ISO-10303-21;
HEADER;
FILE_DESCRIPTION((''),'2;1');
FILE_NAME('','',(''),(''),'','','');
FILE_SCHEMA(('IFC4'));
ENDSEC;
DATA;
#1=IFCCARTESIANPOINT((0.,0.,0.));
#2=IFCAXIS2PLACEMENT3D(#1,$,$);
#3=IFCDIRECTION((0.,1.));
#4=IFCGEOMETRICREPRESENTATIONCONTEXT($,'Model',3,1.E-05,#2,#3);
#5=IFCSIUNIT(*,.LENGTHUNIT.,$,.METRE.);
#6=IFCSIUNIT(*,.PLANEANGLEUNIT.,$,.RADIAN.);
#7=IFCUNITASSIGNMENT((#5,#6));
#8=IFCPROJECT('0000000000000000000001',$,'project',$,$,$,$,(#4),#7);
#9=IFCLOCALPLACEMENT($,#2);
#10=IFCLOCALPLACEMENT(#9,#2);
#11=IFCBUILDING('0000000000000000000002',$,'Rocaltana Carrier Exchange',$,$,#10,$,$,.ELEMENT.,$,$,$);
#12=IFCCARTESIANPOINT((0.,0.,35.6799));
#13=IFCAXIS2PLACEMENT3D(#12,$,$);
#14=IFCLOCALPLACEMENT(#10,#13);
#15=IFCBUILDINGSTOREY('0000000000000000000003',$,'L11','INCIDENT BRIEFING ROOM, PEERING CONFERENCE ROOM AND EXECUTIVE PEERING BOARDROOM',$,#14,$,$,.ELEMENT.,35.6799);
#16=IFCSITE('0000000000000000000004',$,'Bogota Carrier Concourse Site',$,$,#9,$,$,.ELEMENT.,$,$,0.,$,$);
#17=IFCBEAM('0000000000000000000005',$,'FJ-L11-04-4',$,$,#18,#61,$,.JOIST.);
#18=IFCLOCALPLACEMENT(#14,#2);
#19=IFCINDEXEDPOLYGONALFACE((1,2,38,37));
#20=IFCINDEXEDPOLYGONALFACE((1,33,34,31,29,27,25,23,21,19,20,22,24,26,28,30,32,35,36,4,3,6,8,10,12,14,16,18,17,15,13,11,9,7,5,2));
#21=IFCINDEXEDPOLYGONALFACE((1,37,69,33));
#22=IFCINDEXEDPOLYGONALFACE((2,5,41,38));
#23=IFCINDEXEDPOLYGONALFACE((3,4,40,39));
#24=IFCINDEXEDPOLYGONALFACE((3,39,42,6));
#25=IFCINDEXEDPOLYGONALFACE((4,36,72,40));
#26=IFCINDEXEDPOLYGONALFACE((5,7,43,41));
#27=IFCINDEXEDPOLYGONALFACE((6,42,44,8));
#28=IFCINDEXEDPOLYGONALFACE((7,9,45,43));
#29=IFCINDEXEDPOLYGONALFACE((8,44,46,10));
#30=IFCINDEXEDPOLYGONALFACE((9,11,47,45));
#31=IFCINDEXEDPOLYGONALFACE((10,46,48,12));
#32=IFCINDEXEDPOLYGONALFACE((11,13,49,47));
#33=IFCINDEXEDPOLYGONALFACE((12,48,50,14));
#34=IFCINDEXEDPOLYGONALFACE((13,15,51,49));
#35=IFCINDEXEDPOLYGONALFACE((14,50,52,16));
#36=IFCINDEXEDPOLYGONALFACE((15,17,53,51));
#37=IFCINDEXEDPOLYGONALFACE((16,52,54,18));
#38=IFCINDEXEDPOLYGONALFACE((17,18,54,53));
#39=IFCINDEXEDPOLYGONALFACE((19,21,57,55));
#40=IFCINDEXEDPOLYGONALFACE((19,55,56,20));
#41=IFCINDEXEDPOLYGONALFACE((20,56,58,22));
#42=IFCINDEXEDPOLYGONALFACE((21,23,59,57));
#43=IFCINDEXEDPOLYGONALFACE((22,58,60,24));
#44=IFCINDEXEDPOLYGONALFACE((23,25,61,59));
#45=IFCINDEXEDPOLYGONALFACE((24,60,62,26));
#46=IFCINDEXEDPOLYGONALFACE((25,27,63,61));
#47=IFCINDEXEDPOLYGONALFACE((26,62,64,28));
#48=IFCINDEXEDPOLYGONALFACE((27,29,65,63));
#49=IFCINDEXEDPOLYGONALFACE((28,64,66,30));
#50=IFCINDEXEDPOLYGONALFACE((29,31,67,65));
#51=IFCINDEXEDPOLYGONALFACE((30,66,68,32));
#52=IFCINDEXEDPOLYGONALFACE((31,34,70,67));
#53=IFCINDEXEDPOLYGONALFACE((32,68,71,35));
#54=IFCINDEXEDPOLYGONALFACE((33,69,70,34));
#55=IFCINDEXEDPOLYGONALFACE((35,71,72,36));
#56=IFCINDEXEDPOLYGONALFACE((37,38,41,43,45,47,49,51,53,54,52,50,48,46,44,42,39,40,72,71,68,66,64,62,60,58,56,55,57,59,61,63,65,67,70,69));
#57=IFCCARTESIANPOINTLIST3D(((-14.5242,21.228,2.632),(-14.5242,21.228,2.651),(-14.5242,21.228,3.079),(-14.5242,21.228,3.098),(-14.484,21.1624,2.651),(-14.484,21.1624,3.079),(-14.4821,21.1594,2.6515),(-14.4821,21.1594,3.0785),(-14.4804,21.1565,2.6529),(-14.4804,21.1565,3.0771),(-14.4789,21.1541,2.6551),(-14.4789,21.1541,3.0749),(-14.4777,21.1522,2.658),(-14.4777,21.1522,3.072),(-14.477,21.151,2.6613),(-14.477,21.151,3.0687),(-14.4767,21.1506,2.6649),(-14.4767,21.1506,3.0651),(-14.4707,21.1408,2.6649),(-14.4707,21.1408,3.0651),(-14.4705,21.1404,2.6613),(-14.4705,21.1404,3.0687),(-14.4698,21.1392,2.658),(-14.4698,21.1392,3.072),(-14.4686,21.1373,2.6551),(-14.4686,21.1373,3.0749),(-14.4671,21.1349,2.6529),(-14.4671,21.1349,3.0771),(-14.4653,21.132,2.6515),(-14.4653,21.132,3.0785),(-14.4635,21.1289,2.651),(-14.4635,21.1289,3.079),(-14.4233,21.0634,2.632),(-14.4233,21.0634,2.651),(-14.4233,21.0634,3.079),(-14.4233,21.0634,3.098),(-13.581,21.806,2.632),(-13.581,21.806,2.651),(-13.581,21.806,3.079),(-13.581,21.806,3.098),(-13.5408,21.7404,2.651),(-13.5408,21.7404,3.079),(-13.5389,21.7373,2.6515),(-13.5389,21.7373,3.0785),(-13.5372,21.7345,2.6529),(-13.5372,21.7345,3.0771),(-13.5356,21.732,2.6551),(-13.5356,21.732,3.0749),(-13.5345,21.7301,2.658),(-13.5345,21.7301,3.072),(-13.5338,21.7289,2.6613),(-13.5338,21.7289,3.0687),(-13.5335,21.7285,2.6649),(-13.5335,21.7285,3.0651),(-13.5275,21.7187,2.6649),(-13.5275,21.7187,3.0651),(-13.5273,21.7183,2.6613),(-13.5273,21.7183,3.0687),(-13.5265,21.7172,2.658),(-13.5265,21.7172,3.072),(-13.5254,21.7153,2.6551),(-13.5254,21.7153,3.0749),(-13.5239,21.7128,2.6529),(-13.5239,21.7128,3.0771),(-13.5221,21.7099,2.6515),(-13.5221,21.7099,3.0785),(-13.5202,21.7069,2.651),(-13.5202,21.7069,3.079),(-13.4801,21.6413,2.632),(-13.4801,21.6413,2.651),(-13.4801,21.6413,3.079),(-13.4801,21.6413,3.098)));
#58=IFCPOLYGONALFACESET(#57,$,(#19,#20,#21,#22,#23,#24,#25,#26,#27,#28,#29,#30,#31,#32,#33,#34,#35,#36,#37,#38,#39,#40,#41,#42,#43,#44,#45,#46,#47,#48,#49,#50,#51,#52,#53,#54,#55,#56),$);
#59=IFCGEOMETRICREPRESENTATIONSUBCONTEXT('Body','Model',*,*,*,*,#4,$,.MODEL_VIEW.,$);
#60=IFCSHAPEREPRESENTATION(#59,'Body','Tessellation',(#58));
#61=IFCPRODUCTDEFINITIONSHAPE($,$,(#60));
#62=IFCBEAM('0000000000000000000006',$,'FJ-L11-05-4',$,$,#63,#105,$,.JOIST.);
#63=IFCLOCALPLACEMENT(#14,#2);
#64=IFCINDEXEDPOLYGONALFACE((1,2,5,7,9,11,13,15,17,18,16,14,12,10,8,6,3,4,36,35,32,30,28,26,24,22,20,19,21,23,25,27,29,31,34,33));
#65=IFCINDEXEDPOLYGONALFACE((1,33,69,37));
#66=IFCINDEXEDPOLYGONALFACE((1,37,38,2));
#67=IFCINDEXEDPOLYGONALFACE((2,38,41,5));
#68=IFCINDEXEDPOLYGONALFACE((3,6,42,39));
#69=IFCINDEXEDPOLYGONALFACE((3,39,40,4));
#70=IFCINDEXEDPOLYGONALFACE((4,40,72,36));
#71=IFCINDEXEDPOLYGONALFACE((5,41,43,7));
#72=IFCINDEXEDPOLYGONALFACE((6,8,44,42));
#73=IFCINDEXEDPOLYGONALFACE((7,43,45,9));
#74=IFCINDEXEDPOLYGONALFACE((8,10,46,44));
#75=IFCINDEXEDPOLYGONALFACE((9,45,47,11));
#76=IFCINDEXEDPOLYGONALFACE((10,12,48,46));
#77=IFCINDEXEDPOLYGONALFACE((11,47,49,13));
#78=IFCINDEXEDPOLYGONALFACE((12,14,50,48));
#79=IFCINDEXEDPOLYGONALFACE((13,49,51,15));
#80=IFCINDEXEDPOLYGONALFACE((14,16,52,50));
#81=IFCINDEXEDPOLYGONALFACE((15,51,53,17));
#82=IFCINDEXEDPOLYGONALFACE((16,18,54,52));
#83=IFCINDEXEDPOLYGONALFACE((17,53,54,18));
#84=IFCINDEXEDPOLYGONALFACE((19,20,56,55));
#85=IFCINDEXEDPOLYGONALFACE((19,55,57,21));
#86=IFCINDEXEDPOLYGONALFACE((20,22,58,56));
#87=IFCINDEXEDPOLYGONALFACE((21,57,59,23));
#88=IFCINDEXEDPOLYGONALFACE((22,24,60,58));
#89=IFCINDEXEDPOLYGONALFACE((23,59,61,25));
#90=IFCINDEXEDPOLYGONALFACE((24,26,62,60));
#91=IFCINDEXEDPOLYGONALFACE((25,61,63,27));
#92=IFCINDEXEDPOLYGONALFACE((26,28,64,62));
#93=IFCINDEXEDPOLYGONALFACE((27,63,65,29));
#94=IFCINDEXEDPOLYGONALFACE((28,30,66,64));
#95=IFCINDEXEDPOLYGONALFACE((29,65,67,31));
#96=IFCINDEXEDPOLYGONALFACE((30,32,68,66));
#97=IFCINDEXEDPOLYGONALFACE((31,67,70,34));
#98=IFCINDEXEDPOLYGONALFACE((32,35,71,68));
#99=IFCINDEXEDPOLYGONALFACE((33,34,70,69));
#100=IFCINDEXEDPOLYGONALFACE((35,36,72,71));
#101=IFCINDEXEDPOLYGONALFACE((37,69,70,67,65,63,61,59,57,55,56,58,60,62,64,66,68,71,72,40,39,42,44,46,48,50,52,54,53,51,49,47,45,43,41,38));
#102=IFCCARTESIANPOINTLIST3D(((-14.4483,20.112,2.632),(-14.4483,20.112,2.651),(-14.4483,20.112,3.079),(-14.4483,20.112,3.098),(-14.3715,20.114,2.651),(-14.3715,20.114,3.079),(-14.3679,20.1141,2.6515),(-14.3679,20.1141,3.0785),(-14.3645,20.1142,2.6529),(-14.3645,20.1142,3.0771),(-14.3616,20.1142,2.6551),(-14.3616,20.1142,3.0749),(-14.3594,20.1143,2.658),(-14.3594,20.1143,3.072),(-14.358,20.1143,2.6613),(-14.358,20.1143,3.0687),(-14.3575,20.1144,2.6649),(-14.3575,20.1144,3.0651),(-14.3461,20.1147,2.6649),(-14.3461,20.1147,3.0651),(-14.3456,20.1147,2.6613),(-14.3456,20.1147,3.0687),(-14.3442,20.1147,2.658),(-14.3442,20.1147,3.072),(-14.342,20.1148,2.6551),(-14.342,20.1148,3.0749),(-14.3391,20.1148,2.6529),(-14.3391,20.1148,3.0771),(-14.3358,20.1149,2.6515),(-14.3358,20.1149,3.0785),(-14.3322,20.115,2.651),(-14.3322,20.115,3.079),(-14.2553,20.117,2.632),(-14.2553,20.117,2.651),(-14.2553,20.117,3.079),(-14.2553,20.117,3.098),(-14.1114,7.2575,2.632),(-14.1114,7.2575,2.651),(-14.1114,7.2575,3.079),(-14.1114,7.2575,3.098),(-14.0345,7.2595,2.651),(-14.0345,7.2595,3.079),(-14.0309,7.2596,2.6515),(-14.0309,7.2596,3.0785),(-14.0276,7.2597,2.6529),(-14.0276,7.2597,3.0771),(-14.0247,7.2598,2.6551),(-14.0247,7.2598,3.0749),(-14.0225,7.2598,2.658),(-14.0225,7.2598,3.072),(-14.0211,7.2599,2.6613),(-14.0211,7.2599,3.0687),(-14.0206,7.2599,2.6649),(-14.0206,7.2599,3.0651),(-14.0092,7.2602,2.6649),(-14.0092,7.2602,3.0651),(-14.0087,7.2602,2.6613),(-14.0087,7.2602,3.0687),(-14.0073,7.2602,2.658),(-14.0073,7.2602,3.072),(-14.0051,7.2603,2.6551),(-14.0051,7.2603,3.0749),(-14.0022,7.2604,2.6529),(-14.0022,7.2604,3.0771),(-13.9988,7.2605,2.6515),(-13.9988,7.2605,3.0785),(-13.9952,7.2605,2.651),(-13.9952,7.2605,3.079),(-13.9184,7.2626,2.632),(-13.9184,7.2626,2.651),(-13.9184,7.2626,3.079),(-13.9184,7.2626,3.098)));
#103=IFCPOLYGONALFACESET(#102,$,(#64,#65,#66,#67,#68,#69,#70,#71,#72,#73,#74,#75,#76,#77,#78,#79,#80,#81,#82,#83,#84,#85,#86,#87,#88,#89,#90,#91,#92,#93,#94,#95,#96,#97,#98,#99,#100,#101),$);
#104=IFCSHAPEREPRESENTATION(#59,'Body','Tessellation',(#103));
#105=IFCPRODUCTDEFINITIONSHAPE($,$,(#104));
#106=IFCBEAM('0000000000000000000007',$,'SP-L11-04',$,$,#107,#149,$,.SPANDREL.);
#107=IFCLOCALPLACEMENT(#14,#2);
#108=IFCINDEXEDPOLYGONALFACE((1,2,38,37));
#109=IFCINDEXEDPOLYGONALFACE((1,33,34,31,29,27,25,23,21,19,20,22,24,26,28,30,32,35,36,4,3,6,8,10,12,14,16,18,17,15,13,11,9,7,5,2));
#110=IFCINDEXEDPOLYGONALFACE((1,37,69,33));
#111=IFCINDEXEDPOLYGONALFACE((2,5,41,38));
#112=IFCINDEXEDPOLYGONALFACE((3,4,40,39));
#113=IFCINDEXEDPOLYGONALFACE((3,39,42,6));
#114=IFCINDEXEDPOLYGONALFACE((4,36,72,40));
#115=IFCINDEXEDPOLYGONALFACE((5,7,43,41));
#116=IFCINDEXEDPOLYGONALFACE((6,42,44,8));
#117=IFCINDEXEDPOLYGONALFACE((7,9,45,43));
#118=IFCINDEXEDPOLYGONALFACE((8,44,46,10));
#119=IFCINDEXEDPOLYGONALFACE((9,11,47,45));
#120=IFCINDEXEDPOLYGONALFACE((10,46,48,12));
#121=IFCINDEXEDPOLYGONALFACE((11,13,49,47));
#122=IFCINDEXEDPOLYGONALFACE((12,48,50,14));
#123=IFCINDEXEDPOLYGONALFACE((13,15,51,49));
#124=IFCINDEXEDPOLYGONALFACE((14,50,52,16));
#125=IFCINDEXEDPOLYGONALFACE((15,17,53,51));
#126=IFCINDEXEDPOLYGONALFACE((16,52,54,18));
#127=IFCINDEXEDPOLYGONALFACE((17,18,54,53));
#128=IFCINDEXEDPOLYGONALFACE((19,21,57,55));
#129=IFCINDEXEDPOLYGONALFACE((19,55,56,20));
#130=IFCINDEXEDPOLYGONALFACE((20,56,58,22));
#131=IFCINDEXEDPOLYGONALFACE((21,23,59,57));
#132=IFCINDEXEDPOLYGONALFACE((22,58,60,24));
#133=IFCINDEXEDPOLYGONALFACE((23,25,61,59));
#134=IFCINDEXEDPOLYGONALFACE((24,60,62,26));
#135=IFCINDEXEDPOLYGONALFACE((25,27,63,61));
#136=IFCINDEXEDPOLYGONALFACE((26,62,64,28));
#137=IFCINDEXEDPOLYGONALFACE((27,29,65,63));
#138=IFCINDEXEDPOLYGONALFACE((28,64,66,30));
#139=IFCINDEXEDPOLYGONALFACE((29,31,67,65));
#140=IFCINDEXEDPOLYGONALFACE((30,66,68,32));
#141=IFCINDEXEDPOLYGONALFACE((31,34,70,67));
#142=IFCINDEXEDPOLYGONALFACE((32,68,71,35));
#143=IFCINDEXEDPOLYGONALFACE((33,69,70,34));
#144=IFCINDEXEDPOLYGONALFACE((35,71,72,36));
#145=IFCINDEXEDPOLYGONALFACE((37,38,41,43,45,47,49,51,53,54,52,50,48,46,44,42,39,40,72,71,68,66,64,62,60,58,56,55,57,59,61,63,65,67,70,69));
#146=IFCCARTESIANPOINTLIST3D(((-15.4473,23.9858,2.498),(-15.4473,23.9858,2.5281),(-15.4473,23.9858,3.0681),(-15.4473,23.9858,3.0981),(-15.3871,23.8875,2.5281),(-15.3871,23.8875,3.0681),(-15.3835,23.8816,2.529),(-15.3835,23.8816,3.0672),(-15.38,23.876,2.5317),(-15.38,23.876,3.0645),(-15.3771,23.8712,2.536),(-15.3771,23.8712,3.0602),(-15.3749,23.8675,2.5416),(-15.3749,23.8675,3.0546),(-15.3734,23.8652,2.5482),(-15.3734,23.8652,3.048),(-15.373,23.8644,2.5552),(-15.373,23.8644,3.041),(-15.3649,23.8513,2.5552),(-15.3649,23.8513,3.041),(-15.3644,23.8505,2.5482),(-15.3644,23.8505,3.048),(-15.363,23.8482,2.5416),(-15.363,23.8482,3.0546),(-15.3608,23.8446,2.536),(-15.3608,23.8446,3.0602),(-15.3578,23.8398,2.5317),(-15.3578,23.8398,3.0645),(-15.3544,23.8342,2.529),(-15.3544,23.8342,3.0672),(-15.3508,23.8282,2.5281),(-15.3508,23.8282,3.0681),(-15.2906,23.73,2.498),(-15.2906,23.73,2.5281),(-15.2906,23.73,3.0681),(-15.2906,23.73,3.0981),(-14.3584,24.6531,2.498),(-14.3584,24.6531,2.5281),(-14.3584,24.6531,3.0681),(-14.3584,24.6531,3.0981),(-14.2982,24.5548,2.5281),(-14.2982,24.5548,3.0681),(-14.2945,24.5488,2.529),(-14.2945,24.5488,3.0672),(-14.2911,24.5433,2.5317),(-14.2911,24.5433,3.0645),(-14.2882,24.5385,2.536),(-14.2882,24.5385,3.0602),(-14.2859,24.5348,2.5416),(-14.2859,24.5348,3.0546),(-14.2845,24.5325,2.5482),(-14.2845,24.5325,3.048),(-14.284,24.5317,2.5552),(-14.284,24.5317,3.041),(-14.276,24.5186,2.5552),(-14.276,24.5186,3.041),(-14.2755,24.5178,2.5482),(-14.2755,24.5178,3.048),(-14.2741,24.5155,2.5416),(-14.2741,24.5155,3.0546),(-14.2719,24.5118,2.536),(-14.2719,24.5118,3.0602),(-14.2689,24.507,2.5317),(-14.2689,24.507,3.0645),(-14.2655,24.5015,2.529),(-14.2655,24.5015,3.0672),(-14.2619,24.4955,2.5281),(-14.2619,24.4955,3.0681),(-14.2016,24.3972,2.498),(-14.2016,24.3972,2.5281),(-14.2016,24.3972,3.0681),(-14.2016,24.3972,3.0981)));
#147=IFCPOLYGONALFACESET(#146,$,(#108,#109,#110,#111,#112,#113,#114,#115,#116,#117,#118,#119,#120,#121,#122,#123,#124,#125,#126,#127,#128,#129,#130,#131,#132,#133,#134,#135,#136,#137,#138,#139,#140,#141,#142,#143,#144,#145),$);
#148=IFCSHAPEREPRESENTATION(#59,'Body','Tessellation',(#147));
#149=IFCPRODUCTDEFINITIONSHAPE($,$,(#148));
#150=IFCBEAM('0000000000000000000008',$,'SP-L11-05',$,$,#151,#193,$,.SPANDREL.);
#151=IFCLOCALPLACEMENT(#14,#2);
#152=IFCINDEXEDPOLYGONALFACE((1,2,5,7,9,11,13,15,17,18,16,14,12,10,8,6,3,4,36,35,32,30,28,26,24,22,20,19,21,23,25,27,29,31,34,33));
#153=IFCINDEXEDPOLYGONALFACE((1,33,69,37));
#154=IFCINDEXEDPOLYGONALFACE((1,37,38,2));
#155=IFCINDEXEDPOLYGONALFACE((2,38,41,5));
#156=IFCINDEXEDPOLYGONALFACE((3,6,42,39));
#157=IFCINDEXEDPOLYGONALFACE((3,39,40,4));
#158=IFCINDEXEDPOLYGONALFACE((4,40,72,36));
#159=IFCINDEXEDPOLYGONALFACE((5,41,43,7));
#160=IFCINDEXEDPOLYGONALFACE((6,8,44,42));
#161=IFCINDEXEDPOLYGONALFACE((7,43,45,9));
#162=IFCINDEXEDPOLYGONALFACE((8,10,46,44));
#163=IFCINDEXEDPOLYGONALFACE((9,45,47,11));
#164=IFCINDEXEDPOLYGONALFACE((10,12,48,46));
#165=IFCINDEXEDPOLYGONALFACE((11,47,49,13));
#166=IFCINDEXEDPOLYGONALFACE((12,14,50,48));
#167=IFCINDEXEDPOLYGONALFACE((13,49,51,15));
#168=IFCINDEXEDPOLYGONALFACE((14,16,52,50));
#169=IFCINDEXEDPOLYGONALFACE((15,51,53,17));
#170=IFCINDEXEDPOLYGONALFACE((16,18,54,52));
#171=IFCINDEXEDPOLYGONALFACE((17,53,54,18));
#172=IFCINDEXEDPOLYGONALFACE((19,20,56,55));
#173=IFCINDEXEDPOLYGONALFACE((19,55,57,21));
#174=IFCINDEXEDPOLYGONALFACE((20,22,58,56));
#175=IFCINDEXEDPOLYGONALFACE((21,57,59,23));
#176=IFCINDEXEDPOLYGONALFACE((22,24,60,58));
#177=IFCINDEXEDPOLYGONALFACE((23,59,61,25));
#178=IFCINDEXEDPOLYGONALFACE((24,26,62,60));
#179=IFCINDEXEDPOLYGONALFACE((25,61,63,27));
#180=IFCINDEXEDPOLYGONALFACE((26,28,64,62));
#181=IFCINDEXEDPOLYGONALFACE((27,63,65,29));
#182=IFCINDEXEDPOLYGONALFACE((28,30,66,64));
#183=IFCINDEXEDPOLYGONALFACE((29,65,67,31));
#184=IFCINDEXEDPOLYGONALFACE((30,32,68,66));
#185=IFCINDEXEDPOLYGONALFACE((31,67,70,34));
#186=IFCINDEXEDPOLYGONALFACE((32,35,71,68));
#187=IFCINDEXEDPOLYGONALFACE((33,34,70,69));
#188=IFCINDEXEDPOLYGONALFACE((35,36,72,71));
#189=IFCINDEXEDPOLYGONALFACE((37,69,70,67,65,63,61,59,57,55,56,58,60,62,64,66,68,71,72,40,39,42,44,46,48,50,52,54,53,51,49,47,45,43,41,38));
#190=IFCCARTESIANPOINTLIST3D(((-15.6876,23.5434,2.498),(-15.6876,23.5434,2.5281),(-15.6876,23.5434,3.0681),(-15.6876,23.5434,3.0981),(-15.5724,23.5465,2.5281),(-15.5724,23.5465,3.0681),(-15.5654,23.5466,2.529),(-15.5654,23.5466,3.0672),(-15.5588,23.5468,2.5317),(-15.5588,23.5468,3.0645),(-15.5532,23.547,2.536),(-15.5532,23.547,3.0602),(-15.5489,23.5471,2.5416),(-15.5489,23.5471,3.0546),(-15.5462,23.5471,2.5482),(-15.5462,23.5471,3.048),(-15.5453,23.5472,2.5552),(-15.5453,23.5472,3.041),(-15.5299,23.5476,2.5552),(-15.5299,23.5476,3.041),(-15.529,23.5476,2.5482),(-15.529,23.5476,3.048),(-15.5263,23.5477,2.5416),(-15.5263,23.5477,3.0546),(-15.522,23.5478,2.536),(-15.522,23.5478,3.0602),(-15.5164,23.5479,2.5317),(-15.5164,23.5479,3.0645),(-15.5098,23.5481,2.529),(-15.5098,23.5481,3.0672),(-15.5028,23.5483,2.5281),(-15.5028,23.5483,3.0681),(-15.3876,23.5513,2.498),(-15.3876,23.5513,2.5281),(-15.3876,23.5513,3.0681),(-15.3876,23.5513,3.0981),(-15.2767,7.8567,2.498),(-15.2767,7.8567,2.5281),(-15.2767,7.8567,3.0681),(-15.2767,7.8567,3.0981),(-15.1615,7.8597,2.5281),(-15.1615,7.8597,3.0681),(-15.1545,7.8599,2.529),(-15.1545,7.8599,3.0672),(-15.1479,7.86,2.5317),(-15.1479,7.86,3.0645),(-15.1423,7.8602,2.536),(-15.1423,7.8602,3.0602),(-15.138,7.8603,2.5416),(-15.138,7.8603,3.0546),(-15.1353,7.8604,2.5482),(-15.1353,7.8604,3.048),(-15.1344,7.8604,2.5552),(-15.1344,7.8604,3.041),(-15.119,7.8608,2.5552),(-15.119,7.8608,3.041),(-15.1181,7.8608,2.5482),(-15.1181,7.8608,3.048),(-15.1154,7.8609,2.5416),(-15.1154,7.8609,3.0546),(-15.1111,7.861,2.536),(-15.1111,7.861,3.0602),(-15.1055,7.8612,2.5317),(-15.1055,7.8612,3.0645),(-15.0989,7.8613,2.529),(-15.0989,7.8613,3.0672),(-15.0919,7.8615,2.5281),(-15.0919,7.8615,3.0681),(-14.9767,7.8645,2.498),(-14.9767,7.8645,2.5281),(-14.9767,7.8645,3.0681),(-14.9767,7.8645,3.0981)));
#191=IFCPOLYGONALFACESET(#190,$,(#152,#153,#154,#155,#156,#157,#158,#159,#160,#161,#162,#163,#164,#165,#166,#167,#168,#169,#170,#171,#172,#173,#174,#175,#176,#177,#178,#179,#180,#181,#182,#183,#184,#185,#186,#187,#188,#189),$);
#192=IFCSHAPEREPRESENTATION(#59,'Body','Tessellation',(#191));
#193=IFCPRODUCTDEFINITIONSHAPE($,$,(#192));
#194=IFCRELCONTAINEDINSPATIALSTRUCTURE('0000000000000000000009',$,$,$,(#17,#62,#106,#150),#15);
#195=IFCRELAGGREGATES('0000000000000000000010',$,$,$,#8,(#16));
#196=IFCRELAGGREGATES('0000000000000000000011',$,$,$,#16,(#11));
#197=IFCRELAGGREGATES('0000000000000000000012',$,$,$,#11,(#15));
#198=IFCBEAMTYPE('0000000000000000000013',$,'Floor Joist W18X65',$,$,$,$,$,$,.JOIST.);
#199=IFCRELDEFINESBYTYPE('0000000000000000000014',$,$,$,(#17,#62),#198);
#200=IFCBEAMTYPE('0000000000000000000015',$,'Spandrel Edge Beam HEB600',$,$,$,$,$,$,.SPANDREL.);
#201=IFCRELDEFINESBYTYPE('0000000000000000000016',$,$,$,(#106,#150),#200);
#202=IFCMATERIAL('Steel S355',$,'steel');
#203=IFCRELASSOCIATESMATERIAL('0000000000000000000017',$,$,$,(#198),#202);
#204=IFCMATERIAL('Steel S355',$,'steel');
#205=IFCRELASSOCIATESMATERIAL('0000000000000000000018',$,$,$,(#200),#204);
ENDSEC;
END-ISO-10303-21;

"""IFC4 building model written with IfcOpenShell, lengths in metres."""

from ifc_helpers import new_model, si_unit, direction, frame, origin, origin_2d, place, context, subcontext, project, spatial, i_section, extrude, material, material_profile, profile_set, type_object, element, save


model = new_model("IFC4")

# Units and contexts
model_context = context("Model", 3, precision=1e-05, world=origin(), true_north=direction((0.0, 1.0)))
body_context = subcontext(model_context, "Body", "Model", "MODEL_VIEW")
ifc_project = project(units=[si_unit("LENGTHUNIT", "METRE"), si_unit("PLANEANGLEUNIT", "RADIAN")], contexts=[model_context])

# Site, building, storey
site_placement = place(None, origin())
site = spatial("IfcSite", under=ifc_project, at=site_placement, Name="Bogota Carrier Concourse Site", CompositionType="ELEMENT", RefElevation=0.0)
building_placement = place(site_placement, origin())
building = spatial("IfcBuilding", under=site, at=building_placement, Name="Rocaltana Carrier Exchange", CompositionType="ELEMENT")
storey_placement = place(building_placement, frame((0.0, 0.0, 35.6799)))
storey = spatial("IfcBuildingStorey", under=building, at=storey_placement, Name="L11", Description="INCIDENT BRIEFING ROOM, PEERING CONFERENCE ROOM AND EXECUTIVE PEERING BOARDROOM", CompositionType="ELEMENT", Elevation=35.6799)

# Beams
ifc_material_1 = material(Name="Steel S355", Category="steel")
ifc_material_profile_1 = material_profile(ifc_material_1, i_section(OverallWidth=0.1931, OverallDepth=0.4661, WebThickness=0.0115, FlangeThickness=0.019, FilletRadius=0.0139, at=origin_2d()), Name="W18X65")
ifc_profile_set_1 = profile_set([ifc_material_profile_1], Name="Steel S355")
beam_type_1 = type_object("IfcBeamType", Name="Floor Joist W18X65", PredefinedType="JOIST", material=ifc_profile_set_1)
beam_1_placement = place(storey_placement, frame((-13.5305, 21.7236, 2.865), z_axis=(-0.852665, -0.522459, 0.0), x_axis=(0.522459, -0.852665, 0.0)))
element("IfcBeam", 1, at=beam_1_placement, inside=storey, type_object=beam_type_1, Name="FJ-L11-04-4", PredefinedType="JOIST", context=body_context, shape_type="SweptSolid", body=[
    extrude(i_section(OverallWidth=0.1931, OverallDepth=0.4661, WebThickness=0.0115, FlangeThickness=0.019, FilletRadius=0.0139, at=origin_2d()), origin(), (0.0, 0.0, 1.0), 1.1062),
])
beam_2_placement = place(storey_placement, frame((-14.3518, 20.1145, 2.865), z_axis=(0.026201, -0.999657, 0.0), x_axis=(0.999657, 0.026201, 0.0)))
element("IfcBeam", 2, at=beam_2_placement, inside=storey, type_object=beam_type_1, Name="FJ-L11-05-4", PredefinedType="JOIST", context=body_context, shape_type="SweptSolid", body=[
    extrude(i_section(OverallWidth=0.1931, OverallDepth=0.4661, WebThickness=0.0115, FlangeThickness=0.019, FilletRadius=0.0139, at=origin_2d()), origin(), (0.0, 0.0, 1.0), 12.8589),
])
ifc_material_2 = material(Name="Steel S355", Category="steel")
ifc_material_profile_2 = material_profile(ifc_material_2, i_section(OverallWidth=0.3, OverallDepth=0.6001, WebThickness=0.0154, FlangeThickness=0.03, FilletRadius=0.0271, at=origin_2d()), Name="HEB600")
ifc_profile_set_2 = profile_set([ifc_material_profile_2], Name="Steel S355")
beam_type_2 = type_object("IfcBeamType", Name="Spandrel Edge Beam HEB600", PredefinedType="SPANDREL", material=ifc_profile_set_2)
beam_3_placement = place(storey_placement, frame((-14.28, 24.5251, 2.7981), z_axis=(-0.852648, -0.522486, 0.0), x_axis=(0.522486, -0.852648, 0.0)))
element("IfcBeam", 3, at=beam_3_placement, inside=storey, type_object=beam_type_2, Name="SP-L11-04", PredefinedType="SPANDREL", context=body_context, shape_type="SweptSolid", body=[
    extrude(i_section(OverallWidth=0.3, OverallDepth=0.6001, WebThickness=0.0154, FlangeThickness=0.03, FilletRadius=0.0271, at=origin_2d()), origin(), (0.0, 0.0, 1.0), 1.2771),
])
beam_4_placement = place(storey_placement, frame((-15.5376, 23.5474, 2.7981), z_axis=(0.026184, -0.999657, 0.0), x_axis=(0.999657, 0.026184, 0.0)))
element("IfcBeam", 4, at=beam_4_placement, inside=storey, type_object=beam_type_2, Name="SP-L11-05", PredefinedType="SPANDREL", context=body_context, shape_type="SweptSolid", body=[
    extrude(i_section(OverallWidth=0.3, OverallDepth=0.6001, WebThickness=0.0154, FlangeThickness=0.03, FilletRadius=0.0271, at=origin_2d()), origin(), (0.0, 0.0, 1.0), 15.6921),
])

save(model, "model.ifc")
